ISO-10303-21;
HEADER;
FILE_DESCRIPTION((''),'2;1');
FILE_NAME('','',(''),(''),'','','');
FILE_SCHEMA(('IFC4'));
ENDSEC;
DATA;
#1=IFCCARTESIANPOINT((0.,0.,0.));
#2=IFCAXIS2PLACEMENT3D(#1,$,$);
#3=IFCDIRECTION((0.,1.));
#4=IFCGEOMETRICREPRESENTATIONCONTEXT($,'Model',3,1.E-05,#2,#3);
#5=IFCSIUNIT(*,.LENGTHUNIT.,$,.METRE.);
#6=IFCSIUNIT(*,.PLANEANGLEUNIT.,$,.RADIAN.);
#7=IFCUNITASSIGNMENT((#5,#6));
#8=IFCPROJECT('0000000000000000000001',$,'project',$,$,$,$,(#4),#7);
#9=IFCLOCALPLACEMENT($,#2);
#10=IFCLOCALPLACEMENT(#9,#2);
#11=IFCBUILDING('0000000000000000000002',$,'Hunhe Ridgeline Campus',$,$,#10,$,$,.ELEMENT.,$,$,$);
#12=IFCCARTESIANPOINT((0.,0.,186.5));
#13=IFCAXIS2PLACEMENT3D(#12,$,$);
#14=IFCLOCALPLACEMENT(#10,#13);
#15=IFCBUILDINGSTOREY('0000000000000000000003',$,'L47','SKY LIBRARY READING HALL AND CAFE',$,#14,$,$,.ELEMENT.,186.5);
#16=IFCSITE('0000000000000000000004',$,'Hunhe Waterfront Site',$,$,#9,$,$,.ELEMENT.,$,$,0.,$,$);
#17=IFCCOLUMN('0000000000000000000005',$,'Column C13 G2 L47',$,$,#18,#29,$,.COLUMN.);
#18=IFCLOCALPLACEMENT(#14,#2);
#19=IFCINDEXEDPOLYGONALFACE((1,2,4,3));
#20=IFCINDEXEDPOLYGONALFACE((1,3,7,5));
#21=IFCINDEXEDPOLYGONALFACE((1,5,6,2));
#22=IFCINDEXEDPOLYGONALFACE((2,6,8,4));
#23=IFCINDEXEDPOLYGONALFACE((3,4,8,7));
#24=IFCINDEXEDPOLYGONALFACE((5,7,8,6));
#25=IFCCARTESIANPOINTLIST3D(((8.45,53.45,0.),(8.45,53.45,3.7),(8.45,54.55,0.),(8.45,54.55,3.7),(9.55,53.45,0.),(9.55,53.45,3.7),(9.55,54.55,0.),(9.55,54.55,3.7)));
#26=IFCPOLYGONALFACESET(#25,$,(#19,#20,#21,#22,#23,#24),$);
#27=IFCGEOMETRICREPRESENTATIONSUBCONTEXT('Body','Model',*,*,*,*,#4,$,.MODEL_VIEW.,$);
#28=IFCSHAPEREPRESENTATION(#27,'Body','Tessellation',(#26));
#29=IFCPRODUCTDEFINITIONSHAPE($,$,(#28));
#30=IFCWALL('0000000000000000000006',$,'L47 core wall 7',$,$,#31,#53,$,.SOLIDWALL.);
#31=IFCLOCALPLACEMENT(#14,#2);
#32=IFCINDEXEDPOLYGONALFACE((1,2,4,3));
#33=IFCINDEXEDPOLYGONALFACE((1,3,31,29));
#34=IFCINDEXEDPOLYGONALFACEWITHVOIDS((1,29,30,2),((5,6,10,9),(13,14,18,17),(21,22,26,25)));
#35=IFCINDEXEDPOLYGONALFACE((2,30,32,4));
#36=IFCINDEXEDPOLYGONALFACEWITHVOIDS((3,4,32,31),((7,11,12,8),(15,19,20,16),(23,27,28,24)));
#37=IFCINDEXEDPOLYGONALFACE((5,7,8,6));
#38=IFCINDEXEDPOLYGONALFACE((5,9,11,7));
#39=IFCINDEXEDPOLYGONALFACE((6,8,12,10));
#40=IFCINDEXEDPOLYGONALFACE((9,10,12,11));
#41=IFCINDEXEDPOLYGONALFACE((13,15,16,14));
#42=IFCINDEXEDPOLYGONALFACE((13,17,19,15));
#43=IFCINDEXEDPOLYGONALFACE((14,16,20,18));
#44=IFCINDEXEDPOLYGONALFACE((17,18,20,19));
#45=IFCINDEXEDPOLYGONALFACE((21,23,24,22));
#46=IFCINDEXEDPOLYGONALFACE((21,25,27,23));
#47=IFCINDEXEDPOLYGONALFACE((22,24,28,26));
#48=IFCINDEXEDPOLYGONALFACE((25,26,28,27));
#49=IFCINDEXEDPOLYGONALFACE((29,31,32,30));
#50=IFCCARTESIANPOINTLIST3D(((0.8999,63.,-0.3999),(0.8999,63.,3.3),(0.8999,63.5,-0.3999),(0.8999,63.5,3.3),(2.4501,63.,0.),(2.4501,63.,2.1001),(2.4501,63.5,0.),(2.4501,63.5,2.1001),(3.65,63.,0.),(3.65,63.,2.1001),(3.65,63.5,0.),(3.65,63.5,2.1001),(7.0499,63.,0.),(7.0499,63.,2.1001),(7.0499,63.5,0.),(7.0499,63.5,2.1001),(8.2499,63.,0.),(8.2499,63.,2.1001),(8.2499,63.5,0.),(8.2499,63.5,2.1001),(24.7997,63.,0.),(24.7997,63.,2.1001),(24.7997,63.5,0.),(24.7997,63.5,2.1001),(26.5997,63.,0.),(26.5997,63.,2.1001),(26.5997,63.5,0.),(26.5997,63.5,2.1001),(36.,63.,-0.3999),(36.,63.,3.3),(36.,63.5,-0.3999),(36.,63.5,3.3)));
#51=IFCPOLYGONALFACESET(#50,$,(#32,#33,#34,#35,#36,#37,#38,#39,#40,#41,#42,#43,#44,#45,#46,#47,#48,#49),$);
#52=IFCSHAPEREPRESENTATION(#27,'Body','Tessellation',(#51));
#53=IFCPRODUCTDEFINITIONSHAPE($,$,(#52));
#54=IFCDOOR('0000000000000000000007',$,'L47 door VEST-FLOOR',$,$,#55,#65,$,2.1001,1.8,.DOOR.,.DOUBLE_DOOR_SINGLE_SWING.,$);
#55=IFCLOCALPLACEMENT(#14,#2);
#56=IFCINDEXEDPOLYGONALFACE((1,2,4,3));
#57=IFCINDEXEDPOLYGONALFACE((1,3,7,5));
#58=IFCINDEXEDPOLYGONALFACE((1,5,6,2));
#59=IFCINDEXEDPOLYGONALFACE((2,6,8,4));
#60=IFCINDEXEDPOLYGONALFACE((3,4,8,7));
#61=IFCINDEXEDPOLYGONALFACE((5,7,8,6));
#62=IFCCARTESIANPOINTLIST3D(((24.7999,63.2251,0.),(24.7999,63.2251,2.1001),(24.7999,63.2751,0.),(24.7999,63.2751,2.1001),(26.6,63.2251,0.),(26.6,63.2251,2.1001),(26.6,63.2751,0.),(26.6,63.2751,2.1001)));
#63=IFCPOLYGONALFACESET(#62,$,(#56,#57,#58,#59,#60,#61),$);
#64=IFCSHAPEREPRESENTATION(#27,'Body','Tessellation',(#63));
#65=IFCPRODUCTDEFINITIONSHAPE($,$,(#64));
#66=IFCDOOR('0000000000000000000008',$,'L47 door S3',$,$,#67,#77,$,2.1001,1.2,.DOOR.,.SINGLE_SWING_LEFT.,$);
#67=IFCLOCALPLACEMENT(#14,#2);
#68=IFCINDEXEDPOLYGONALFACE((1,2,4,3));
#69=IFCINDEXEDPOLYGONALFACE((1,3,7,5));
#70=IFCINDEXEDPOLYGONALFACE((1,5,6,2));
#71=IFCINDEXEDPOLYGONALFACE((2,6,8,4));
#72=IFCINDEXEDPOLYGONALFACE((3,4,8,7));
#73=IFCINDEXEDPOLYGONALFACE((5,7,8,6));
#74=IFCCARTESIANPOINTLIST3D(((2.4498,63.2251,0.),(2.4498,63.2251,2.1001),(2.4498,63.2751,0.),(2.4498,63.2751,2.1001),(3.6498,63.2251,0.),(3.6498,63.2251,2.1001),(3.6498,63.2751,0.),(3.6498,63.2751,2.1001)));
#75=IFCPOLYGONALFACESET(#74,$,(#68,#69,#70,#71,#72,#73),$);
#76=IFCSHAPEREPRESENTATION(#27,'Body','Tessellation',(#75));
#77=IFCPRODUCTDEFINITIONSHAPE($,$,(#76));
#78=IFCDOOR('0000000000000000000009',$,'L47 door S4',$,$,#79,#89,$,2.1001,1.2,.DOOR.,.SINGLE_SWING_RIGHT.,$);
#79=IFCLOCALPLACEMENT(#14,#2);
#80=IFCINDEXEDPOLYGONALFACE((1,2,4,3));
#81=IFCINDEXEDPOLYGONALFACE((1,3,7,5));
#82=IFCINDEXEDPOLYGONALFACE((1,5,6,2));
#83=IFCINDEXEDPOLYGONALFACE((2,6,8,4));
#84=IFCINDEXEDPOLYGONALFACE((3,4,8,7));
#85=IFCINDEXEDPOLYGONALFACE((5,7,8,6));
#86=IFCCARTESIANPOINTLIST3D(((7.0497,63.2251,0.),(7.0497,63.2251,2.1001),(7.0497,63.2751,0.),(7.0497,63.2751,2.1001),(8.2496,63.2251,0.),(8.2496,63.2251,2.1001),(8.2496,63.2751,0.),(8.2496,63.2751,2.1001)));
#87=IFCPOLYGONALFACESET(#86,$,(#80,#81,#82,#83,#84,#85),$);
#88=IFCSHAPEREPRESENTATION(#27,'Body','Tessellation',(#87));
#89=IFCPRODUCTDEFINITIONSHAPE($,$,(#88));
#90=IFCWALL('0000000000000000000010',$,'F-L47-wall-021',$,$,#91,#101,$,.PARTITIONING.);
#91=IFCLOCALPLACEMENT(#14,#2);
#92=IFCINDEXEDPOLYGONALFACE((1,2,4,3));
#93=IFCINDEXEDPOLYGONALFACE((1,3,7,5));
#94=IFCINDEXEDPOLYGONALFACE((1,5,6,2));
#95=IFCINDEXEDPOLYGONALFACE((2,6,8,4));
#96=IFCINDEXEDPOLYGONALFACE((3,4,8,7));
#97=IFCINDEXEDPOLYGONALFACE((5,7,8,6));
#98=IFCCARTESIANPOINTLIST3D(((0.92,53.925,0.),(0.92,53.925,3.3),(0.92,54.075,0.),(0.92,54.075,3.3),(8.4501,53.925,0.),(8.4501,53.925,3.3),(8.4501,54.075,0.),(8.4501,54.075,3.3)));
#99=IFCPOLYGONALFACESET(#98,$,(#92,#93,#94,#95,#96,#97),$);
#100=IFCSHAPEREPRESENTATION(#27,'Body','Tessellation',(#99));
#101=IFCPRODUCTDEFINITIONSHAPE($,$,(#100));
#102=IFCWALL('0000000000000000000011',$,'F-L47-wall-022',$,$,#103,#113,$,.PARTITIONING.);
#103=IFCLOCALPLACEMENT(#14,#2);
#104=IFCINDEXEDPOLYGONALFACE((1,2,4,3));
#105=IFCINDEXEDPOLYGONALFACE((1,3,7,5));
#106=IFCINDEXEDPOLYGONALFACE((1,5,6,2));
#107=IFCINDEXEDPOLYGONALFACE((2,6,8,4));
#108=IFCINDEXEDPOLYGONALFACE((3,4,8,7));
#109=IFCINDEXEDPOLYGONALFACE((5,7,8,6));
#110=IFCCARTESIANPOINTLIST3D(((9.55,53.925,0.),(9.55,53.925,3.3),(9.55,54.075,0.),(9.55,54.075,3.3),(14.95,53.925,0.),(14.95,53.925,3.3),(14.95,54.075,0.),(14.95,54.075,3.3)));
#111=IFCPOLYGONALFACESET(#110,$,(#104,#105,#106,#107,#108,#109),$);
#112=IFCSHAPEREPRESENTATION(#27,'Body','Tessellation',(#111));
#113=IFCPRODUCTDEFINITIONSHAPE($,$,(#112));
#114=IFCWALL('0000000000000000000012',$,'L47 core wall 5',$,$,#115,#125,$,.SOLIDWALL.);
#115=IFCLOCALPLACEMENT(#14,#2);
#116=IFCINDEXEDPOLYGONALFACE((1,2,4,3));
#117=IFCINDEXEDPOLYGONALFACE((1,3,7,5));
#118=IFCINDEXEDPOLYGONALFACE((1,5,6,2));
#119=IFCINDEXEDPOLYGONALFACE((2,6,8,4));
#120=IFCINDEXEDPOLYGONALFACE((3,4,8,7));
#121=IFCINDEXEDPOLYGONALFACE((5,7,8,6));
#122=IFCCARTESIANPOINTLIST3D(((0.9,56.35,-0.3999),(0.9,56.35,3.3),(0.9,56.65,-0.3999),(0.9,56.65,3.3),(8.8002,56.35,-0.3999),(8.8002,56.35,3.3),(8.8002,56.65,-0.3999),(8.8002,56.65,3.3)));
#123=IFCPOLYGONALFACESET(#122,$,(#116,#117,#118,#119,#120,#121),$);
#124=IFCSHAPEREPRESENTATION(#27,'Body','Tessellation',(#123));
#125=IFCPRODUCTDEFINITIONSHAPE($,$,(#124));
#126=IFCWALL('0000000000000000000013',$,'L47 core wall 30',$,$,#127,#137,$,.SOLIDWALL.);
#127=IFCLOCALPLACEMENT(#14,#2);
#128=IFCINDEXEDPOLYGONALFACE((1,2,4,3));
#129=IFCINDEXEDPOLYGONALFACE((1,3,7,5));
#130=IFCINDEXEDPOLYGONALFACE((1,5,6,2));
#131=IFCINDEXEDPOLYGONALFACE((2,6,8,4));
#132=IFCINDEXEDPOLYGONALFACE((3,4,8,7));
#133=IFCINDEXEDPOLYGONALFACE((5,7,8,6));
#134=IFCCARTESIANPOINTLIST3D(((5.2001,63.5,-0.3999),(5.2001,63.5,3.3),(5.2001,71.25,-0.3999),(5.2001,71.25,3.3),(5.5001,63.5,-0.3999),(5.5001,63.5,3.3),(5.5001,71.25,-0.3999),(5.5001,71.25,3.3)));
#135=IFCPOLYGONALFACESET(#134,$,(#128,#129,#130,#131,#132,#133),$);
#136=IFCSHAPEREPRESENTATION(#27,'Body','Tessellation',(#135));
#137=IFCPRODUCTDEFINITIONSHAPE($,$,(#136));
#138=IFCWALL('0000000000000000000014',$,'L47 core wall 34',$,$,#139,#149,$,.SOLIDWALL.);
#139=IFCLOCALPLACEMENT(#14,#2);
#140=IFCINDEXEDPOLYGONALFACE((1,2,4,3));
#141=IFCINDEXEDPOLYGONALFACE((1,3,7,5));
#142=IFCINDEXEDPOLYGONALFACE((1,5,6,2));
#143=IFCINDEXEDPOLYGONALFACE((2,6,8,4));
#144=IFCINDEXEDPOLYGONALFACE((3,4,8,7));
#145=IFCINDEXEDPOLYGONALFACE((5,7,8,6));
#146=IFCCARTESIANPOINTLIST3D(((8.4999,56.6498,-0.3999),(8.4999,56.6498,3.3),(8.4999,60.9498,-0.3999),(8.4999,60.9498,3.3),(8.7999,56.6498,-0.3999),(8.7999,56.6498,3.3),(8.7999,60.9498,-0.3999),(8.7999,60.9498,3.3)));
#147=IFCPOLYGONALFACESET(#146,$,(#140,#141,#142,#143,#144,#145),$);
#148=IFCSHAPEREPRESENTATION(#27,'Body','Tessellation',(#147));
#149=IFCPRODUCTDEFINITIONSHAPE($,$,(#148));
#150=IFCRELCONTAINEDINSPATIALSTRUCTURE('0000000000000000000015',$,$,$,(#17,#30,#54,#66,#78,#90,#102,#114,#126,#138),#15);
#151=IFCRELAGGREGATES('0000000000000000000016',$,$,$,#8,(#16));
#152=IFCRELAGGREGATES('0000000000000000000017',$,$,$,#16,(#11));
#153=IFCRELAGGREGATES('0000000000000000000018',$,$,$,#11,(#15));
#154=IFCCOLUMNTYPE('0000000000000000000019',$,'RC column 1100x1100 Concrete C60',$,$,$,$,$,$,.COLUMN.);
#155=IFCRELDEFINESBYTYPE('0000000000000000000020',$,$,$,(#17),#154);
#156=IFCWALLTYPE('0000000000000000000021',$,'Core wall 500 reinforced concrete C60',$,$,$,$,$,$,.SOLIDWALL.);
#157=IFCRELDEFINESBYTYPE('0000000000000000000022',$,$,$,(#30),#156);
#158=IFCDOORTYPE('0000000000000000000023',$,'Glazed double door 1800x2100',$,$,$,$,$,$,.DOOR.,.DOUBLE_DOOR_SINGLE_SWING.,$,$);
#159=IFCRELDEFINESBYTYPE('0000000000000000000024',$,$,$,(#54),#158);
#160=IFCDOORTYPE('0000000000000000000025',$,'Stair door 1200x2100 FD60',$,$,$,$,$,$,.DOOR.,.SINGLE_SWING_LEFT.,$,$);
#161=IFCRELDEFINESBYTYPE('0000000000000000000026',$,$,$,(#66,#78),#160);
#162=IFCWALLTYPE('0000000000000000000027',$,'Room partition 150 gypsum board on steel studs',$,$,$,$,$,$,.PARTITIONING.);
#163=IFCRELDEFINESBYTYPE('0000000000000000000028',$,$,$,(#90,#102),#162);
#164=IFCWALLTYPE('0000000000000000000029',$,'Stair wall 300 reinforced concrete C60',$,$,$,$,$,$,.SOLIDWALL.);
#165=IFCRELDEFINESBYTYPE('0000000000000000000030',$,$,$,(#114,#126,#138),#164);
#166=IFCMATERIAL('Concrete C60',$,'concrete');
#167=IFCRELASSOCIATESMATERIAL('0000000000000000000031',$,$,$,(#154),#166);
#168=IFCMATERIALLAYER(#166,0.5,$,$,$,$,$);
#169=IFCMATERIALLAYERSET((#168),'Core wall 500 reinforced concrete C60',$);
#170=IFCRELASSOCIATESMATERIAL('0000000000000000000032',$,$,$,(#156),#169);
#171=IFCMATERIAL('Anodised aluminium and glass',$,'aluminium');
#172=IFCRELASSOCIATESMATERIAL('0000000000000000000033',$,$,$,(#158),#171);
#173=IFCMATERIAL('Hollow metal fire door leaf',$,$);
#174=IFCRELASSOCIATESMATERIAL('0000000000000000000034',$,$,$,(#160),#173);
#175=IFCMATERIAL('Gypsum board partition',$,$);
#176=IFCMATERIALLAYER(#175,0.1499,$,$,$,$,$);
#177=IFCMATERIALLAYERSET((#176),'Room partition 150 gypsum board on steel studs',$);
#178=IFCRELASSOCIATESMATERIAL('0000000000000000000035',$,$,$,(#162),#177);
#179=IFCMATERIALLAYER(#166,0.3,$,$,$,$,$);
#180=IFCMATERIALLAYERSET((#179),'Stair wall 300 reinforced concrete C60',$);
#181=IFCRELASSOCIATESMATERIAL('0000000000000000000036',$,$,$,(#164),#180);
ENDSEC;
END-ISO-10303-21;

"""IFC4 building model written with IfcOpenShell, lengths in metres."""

from ifc_helpers import new_model, si_unit, direction, frame, frame_2d, origin, origin_2d, place, context, subcontext, project, spatial, rectangle, extrude, material, layer, layer_set, material_profile, profile_set, type_object, element, fill, save


model = new_model("IFC4")

# Units and contexts
model_context = context("Model", 3, precision=1e-05, world=origin(), true_north=direction((0.0, 1.0)))
body_context = subcontext(model_context, "Body", "Model", "MODEL_VIEW")
ifc_project = project(units=[si_unit("LENGTHUNIT", "METRE"), si_unit("PLANEANGLEUNIT", "RADIAN")], contexts=[model_context])

# Site, building, storey
site_placement = place(None, origin())
site = spatial("IfcSite", under=ifc_project, at=site_placement, Name="Hunhe Waterfront Site", CompositionType="ELEMENT", RefElevation=0.0)
building_placement = place(site_placement, origin())
building = spatial("IfcBuilding", under=site, at=building_placement, Name="Hunhe Ridgeline Campus", CompositionType="ELEMENT")
storey_placement = place(building_placement, frame((0.0, 0.0, 186.5)))
storey = spatial("IfcBuildingStorey", under=building, at=storey_placement, Name="L47", Description="SKY LIBRARY READING HALL AND CAFE", CompositionType="ELEMENT", Elevation=186.5)

# Column
ifc_material_1 = material(Name="Concrete C60", Category="concrete")
ifc_material_profile = material_profile(ifc_material_1, rectangle(XDim=1.1001, YDim=1.1001, at=origin_2d()))
ifc_profile_set = profile_set([ifc_material_profile], Name="Concrete C60")
column_type = type_object("IfcColumnType", Name="RC column 1100x1100 Concrete C60", PredefinedType="COLUMN", material=ifc_profile_set)
column_placement = place(storey_placement, frame((9.0, 54.0, 0.0), z_axis=(0.0, 0.0, 1.0), x_axis=(1.0, 0.0, 0.0)))
element("IfcColumn", 1, at=column_placement, inside=storey, type_object=column_type, Name="Column C13 G2 L47", PredefinedType="COLUMN", context=body_context, shape_type="SweptSolid", body=[
    extrude(rectangle(XDim=1.1001, YDim=1.1001, at=origin_2d()), origin(), (0.0, 0.0, 1.0), 3.7),
])

# Wall, openings, doors
ifc_layer_1 = layer(ifc_material_1, 0.5)
ifc_layer_set_1 = layer_set([ifc_layer_1], Name="Core wall 500 reinforced concrete C60")
wall_type_1 = type_object("IfcWallType", Name="Core wall 500 reinforced concrete C60", PredefinedType="SOLIDWALL", material=ifc_layer_set_1)
wall_1_placement = place(storey_placement, frame((0.8999, 63.25, -0.3999), z_axis=(0.0, 0.0, 1.0), x_axis=(1.0, 0.0, 0.0)))
wall_1 = element("IfcWall", 2, at=wall_1_placement, inside=storey, type_object=wall_type_1, Name="L47 core wall 7", PredefinedType="SOLIDWALL", context=body_context, shape_type="SweptSolid", body=[
    extrude(rectangle(XDim=35.1001, YDim=0.5, at=frame_2d((17.55, 0.0))), origin(), (0.0, 0.0, 1.0), 3.7),
])
opening_1_placement = place(wall_1_placement, frame((23.8999, 0.0, 0.3999)))
opening_1 = element("IfcOpeningElement", 3, at=opening_1_placement, cuts=wall_1, PredefinedType="OPENING", context=body_context, shape_type="SweptSolid", body=[
    extrude(rectangle(XDim=1.8, YDim=2.1001, at=frame_2d((0.8999, 1.05))), frame((0.0, 0.25, 0.0), z_axis=(0.0, -1.0, 0.0), x_axis=(1.0, 0.0, 0.0)), (0.0, 0.0, 1.0), 0.5),
])
opening_2_placement = place(wall_1_placement, frame((1.55, 0.0, 0.3999)))
opening_2 = element("IfcOpeningElement", 4, at=opening_2_placement, cuts=wall_1, PredefinedType="OPENING", context=body_context, shape_type="SweptSolid", body=[
    extrude(rectangle(XDim=1.2, YDim=2.1001, at=frame_2d((0.6001, 1.05))), frame((0.0, 0.25, 0.0), z_axis=(0.0, -1.0, 0.0), x_axis=(1.0, 0.0, 0.0)), (0.0, 0.0, 1.0), 0.5),
])
opening_3_placement = place(wall_1_placement, frame((6.1499, 0.0, 0.3999)))
opening_3 = element("IfcOpeningElement", 5, at=opening_3_placement, cuts=wall_1, PredefinedType="OPENING", context=body_context, shape_type="SweptSolid", body=[
    extrude(rectangle(XDim=1.2, YDim=2.1001, at=frame_2d((0.6001, 1.05))), frame((0.0, 0.25, 0.0), z_axis=(0.0, -1.0, 0.0), x_axis=(1.0, 0.0, 0.0)), (0.0, 0.0, 1.0), 0.5),
])
ifc_material_2 = material(Name="Anodised aluminium and glass", Category="aluminium")
door_type_1 = type_object("IfcDoorType", Name="Glazed double door 1800x2100", OperationType="DOUBLE_DOOR_SINGLE_SWING", PredefinedType="DOOR", material=ifc_material_2)
door_1_placement = place(opening_1_placement, frame((1.8, 0.0, 0.0), z_axis=(0.0, 0.0, 1.0), x_axis=(-1.0, 0.0, 0.0)))
door_1 = element("IfcDoor", 6, at=door_1_placement, inside=storey, type_object=door_type_1, Name="L47 door VEST-FLOOR", OperationType="DOUBLE_DOOR_SINGLE_SWING", OverallHeight=2.1001, OverallWidth=1.8, PredefinedType="DOOR", context=body_context, shape_type="SweptSolid", body=[
    extrude(rectangle(XDim=1.8, YDim=2.1001, at=frame_2d((0.8999, 1.05))), frame((0.0, 0.0249, 0.0), z_axis=(0.0, -1.0, 0.0), x_axis=(1.0, 0.0, 0.0)), (0.0, 0.0, 1.0), 0.05),
])
fill(opening_1, door_1)
ifc_material_3 = material(Name="Hollow metal fire door leaf")
door_type_2 = type_object("IfcDoorType", Name="Stair door 1200x2100 FD60", OperationType="SINGLE_SWING_LEFT", PredefinedType="DOOR", material=ifc_material_3)
door_2_placement = place(opening_2_placement, frame((1.2, 0.0, 0.0), z_axis=(0.0, 0.0, 1.0), x_axis=(-1.0, 0.0, 0.0)))
door_2 = element("IfcDoor", 7, at=door_2_placement, inside=storey, type_object=door_type_2, Name="L47 door S3", OperationType="SINGLE_SWING_LEFT", OverallHeight=2.1001, OverallWidth=1.2, PredefinedType="DOOR", context=body_context, shape_type="SweptSolid", body=[
    extrude(rectangle(XDim=1.2, YDim=2.1001, at=frame_2d((0.6001, 1.05))), frame((0.0, 0.0249, 0.0), z_axis=(0.0, -1.0, 0.0), x_axis=(1.0, 0.0, 0.0)), (0.0, 0.0, 1.0), 0.05),
])
fill(opening_2, door_2)
door_3_placement = place(opening_3_placement, frame((1.2, 0.0, 0.0), z_axis=(0.0, 0.0, 1.0), x_axis=(-1.0, 0.0, 0.0)))
door_3 = element("IfcDoor", 8, at=door_3_placement, inside=storey, type_object=door_type_2, Name="L47 door S4", OperationType="SINGLE_SWING_RIGHT", OverallHeight=2.1001, OverallWidth=1.2, PredefinedType="DOOR", context=body_context, shape_type="SweptSolid", body=[
    extrude(rectangle(XDim=1.2, YDim=2.1001, at=frame_2d((0.6001, 1.05))), frame((0.0, 0.0249, 0.0), z_axis=(0.0, -1.0, 0.0), x_axis=(1.0, 0.0, 0.0)), (0.0, 0.0, 1.0), 0.05),
])
fill(opening_3, door_3)

# Walls
ifc_material_4 = material(Name="Gypsum board partition")
ifc_layer_2 = layer(ifc_material_4, 0.1499)
ifc_layer_set_2 = layer_set([ifc_layer_2], Name="Room partition 150 gypsum board on steel studs")
wall_type_2 = type_object("IfcWallType", Name="Room partition 150 gypsum board on steel studs", PredefinedType="PARTITIONING", material=ifc_layer_set_2)
wall_2_placement = place(storey_placement, frame((0.9199, 54.0, 0.0), z_axis=(0.0, 0.0, 1.0), x_axis=(1.0, 0.0, 0.0)))
element("IfcWall", 9, at=wall_2_placement, inside=storey, type_object=wall_type_2, Name="F-L47-wall-021", PredefinedType="PARTITIONING", context=body_context, shape_type="SweptSolid", body=[
    extrude(rectangle(XDim=7.53, YDim=0.1499, at=frame_2d((3.7651, 0.0))), origin(), (0.0, 0.0, 1.0), 3.3),
])
wall_3_placement = place(storey_placement, frame((9.55, 54.0, 0.0), z_axis=(0.0, 0.0, 1.0), x_axis=(1.0, 0.0, 0.0)))
element("IfcWall", 10, at=wall_3_placement, inside=storey, type_object=wall_type_2, Name="F-L47-wall-022", PredefinedType="PARTITIONING", context=body_context, shape_type="SweptSolid", body=[
    extrude(rectangle(XDim=5.3999, YDim=0.1499, at=frame_2d((2.7, 0.0))), origin(), (0.0, 0.0, 1.0), 3.3),
])
ifc_layer_3 = layer(ifc_material_1, 0.3)
ifc_layer_set_3 = layer_set([ifc_layer_3], Name="Stair wall 300 reinforced concrete C60")
wall_type_3 = type_object("IfcWallType", Name="Stair wall 300 reinforced concrete C60", PredefinedType="SOLIDWALL", material=ifc_layer_set_3)
wall_4_placement = place(storey_placement, frame((0.8999, 56.5, -0.3999), z_axis=(0.0, 0.0, 1.0), x_axis=(1.0, 0.0, 0.0)))
element("IfcWall", 11, at=wall_4_placement, inside=storey, type_object=wall_type_3, Name="L47 core wall 5", PredefinedType="SOLIDWALL", context=body_context, shape_type="SweptSolid", body=[
    extrude(rectangle(XDim=7.9001, YDim=0.3, at=frame_2d((3.9502, 0.0))), origin(), (0.0, 0.0, 1.0), 3.7),
])

# Walls
wall_5_placement = place(storey_placement, frame((5.3501, 63.5, -0.3999), z_axis=(0.0, 0.0, 1.0), x_axis=(0.0, 1.0, 0.0)))
element("IfcWall", 12, at=wall_5_placement, inside=storey, type_object=wall_type_3, Name="L47 core wall 30", PredefinedType="SOLIDWALL", context=body_context, shape_type="SweptSolid", body=[
    extrude(rectangle(XDim=7.75, YDim=0.3, at=frame_2d((3.875, 0.0))), origin(), (0.0, 0.0, 1.0), 3.7),
])
wall_6_placement = place(storey_placement, frame((8.6499, 56.6499, -0.3999), z_axis=(0.0, 0.0, 1.0), x_axis=(0.0, 1.0, 0.0)))
element("IfcWall", 13, at=wall_6_placement, inside=storey, type_object=wall_type_3, Name="L47 core wall 34", PredefinedType="SOLIDWALL", context=body_context, shape_type="SweptSolid", body=[
    extrude(rectangle(XDim=4.3, YDim=0.3, at=frame_2d((2.1499, 0.0))), origin(), (0.0, 0.0, 1.0), 3.7),
])

save(model, "model.ifc")
